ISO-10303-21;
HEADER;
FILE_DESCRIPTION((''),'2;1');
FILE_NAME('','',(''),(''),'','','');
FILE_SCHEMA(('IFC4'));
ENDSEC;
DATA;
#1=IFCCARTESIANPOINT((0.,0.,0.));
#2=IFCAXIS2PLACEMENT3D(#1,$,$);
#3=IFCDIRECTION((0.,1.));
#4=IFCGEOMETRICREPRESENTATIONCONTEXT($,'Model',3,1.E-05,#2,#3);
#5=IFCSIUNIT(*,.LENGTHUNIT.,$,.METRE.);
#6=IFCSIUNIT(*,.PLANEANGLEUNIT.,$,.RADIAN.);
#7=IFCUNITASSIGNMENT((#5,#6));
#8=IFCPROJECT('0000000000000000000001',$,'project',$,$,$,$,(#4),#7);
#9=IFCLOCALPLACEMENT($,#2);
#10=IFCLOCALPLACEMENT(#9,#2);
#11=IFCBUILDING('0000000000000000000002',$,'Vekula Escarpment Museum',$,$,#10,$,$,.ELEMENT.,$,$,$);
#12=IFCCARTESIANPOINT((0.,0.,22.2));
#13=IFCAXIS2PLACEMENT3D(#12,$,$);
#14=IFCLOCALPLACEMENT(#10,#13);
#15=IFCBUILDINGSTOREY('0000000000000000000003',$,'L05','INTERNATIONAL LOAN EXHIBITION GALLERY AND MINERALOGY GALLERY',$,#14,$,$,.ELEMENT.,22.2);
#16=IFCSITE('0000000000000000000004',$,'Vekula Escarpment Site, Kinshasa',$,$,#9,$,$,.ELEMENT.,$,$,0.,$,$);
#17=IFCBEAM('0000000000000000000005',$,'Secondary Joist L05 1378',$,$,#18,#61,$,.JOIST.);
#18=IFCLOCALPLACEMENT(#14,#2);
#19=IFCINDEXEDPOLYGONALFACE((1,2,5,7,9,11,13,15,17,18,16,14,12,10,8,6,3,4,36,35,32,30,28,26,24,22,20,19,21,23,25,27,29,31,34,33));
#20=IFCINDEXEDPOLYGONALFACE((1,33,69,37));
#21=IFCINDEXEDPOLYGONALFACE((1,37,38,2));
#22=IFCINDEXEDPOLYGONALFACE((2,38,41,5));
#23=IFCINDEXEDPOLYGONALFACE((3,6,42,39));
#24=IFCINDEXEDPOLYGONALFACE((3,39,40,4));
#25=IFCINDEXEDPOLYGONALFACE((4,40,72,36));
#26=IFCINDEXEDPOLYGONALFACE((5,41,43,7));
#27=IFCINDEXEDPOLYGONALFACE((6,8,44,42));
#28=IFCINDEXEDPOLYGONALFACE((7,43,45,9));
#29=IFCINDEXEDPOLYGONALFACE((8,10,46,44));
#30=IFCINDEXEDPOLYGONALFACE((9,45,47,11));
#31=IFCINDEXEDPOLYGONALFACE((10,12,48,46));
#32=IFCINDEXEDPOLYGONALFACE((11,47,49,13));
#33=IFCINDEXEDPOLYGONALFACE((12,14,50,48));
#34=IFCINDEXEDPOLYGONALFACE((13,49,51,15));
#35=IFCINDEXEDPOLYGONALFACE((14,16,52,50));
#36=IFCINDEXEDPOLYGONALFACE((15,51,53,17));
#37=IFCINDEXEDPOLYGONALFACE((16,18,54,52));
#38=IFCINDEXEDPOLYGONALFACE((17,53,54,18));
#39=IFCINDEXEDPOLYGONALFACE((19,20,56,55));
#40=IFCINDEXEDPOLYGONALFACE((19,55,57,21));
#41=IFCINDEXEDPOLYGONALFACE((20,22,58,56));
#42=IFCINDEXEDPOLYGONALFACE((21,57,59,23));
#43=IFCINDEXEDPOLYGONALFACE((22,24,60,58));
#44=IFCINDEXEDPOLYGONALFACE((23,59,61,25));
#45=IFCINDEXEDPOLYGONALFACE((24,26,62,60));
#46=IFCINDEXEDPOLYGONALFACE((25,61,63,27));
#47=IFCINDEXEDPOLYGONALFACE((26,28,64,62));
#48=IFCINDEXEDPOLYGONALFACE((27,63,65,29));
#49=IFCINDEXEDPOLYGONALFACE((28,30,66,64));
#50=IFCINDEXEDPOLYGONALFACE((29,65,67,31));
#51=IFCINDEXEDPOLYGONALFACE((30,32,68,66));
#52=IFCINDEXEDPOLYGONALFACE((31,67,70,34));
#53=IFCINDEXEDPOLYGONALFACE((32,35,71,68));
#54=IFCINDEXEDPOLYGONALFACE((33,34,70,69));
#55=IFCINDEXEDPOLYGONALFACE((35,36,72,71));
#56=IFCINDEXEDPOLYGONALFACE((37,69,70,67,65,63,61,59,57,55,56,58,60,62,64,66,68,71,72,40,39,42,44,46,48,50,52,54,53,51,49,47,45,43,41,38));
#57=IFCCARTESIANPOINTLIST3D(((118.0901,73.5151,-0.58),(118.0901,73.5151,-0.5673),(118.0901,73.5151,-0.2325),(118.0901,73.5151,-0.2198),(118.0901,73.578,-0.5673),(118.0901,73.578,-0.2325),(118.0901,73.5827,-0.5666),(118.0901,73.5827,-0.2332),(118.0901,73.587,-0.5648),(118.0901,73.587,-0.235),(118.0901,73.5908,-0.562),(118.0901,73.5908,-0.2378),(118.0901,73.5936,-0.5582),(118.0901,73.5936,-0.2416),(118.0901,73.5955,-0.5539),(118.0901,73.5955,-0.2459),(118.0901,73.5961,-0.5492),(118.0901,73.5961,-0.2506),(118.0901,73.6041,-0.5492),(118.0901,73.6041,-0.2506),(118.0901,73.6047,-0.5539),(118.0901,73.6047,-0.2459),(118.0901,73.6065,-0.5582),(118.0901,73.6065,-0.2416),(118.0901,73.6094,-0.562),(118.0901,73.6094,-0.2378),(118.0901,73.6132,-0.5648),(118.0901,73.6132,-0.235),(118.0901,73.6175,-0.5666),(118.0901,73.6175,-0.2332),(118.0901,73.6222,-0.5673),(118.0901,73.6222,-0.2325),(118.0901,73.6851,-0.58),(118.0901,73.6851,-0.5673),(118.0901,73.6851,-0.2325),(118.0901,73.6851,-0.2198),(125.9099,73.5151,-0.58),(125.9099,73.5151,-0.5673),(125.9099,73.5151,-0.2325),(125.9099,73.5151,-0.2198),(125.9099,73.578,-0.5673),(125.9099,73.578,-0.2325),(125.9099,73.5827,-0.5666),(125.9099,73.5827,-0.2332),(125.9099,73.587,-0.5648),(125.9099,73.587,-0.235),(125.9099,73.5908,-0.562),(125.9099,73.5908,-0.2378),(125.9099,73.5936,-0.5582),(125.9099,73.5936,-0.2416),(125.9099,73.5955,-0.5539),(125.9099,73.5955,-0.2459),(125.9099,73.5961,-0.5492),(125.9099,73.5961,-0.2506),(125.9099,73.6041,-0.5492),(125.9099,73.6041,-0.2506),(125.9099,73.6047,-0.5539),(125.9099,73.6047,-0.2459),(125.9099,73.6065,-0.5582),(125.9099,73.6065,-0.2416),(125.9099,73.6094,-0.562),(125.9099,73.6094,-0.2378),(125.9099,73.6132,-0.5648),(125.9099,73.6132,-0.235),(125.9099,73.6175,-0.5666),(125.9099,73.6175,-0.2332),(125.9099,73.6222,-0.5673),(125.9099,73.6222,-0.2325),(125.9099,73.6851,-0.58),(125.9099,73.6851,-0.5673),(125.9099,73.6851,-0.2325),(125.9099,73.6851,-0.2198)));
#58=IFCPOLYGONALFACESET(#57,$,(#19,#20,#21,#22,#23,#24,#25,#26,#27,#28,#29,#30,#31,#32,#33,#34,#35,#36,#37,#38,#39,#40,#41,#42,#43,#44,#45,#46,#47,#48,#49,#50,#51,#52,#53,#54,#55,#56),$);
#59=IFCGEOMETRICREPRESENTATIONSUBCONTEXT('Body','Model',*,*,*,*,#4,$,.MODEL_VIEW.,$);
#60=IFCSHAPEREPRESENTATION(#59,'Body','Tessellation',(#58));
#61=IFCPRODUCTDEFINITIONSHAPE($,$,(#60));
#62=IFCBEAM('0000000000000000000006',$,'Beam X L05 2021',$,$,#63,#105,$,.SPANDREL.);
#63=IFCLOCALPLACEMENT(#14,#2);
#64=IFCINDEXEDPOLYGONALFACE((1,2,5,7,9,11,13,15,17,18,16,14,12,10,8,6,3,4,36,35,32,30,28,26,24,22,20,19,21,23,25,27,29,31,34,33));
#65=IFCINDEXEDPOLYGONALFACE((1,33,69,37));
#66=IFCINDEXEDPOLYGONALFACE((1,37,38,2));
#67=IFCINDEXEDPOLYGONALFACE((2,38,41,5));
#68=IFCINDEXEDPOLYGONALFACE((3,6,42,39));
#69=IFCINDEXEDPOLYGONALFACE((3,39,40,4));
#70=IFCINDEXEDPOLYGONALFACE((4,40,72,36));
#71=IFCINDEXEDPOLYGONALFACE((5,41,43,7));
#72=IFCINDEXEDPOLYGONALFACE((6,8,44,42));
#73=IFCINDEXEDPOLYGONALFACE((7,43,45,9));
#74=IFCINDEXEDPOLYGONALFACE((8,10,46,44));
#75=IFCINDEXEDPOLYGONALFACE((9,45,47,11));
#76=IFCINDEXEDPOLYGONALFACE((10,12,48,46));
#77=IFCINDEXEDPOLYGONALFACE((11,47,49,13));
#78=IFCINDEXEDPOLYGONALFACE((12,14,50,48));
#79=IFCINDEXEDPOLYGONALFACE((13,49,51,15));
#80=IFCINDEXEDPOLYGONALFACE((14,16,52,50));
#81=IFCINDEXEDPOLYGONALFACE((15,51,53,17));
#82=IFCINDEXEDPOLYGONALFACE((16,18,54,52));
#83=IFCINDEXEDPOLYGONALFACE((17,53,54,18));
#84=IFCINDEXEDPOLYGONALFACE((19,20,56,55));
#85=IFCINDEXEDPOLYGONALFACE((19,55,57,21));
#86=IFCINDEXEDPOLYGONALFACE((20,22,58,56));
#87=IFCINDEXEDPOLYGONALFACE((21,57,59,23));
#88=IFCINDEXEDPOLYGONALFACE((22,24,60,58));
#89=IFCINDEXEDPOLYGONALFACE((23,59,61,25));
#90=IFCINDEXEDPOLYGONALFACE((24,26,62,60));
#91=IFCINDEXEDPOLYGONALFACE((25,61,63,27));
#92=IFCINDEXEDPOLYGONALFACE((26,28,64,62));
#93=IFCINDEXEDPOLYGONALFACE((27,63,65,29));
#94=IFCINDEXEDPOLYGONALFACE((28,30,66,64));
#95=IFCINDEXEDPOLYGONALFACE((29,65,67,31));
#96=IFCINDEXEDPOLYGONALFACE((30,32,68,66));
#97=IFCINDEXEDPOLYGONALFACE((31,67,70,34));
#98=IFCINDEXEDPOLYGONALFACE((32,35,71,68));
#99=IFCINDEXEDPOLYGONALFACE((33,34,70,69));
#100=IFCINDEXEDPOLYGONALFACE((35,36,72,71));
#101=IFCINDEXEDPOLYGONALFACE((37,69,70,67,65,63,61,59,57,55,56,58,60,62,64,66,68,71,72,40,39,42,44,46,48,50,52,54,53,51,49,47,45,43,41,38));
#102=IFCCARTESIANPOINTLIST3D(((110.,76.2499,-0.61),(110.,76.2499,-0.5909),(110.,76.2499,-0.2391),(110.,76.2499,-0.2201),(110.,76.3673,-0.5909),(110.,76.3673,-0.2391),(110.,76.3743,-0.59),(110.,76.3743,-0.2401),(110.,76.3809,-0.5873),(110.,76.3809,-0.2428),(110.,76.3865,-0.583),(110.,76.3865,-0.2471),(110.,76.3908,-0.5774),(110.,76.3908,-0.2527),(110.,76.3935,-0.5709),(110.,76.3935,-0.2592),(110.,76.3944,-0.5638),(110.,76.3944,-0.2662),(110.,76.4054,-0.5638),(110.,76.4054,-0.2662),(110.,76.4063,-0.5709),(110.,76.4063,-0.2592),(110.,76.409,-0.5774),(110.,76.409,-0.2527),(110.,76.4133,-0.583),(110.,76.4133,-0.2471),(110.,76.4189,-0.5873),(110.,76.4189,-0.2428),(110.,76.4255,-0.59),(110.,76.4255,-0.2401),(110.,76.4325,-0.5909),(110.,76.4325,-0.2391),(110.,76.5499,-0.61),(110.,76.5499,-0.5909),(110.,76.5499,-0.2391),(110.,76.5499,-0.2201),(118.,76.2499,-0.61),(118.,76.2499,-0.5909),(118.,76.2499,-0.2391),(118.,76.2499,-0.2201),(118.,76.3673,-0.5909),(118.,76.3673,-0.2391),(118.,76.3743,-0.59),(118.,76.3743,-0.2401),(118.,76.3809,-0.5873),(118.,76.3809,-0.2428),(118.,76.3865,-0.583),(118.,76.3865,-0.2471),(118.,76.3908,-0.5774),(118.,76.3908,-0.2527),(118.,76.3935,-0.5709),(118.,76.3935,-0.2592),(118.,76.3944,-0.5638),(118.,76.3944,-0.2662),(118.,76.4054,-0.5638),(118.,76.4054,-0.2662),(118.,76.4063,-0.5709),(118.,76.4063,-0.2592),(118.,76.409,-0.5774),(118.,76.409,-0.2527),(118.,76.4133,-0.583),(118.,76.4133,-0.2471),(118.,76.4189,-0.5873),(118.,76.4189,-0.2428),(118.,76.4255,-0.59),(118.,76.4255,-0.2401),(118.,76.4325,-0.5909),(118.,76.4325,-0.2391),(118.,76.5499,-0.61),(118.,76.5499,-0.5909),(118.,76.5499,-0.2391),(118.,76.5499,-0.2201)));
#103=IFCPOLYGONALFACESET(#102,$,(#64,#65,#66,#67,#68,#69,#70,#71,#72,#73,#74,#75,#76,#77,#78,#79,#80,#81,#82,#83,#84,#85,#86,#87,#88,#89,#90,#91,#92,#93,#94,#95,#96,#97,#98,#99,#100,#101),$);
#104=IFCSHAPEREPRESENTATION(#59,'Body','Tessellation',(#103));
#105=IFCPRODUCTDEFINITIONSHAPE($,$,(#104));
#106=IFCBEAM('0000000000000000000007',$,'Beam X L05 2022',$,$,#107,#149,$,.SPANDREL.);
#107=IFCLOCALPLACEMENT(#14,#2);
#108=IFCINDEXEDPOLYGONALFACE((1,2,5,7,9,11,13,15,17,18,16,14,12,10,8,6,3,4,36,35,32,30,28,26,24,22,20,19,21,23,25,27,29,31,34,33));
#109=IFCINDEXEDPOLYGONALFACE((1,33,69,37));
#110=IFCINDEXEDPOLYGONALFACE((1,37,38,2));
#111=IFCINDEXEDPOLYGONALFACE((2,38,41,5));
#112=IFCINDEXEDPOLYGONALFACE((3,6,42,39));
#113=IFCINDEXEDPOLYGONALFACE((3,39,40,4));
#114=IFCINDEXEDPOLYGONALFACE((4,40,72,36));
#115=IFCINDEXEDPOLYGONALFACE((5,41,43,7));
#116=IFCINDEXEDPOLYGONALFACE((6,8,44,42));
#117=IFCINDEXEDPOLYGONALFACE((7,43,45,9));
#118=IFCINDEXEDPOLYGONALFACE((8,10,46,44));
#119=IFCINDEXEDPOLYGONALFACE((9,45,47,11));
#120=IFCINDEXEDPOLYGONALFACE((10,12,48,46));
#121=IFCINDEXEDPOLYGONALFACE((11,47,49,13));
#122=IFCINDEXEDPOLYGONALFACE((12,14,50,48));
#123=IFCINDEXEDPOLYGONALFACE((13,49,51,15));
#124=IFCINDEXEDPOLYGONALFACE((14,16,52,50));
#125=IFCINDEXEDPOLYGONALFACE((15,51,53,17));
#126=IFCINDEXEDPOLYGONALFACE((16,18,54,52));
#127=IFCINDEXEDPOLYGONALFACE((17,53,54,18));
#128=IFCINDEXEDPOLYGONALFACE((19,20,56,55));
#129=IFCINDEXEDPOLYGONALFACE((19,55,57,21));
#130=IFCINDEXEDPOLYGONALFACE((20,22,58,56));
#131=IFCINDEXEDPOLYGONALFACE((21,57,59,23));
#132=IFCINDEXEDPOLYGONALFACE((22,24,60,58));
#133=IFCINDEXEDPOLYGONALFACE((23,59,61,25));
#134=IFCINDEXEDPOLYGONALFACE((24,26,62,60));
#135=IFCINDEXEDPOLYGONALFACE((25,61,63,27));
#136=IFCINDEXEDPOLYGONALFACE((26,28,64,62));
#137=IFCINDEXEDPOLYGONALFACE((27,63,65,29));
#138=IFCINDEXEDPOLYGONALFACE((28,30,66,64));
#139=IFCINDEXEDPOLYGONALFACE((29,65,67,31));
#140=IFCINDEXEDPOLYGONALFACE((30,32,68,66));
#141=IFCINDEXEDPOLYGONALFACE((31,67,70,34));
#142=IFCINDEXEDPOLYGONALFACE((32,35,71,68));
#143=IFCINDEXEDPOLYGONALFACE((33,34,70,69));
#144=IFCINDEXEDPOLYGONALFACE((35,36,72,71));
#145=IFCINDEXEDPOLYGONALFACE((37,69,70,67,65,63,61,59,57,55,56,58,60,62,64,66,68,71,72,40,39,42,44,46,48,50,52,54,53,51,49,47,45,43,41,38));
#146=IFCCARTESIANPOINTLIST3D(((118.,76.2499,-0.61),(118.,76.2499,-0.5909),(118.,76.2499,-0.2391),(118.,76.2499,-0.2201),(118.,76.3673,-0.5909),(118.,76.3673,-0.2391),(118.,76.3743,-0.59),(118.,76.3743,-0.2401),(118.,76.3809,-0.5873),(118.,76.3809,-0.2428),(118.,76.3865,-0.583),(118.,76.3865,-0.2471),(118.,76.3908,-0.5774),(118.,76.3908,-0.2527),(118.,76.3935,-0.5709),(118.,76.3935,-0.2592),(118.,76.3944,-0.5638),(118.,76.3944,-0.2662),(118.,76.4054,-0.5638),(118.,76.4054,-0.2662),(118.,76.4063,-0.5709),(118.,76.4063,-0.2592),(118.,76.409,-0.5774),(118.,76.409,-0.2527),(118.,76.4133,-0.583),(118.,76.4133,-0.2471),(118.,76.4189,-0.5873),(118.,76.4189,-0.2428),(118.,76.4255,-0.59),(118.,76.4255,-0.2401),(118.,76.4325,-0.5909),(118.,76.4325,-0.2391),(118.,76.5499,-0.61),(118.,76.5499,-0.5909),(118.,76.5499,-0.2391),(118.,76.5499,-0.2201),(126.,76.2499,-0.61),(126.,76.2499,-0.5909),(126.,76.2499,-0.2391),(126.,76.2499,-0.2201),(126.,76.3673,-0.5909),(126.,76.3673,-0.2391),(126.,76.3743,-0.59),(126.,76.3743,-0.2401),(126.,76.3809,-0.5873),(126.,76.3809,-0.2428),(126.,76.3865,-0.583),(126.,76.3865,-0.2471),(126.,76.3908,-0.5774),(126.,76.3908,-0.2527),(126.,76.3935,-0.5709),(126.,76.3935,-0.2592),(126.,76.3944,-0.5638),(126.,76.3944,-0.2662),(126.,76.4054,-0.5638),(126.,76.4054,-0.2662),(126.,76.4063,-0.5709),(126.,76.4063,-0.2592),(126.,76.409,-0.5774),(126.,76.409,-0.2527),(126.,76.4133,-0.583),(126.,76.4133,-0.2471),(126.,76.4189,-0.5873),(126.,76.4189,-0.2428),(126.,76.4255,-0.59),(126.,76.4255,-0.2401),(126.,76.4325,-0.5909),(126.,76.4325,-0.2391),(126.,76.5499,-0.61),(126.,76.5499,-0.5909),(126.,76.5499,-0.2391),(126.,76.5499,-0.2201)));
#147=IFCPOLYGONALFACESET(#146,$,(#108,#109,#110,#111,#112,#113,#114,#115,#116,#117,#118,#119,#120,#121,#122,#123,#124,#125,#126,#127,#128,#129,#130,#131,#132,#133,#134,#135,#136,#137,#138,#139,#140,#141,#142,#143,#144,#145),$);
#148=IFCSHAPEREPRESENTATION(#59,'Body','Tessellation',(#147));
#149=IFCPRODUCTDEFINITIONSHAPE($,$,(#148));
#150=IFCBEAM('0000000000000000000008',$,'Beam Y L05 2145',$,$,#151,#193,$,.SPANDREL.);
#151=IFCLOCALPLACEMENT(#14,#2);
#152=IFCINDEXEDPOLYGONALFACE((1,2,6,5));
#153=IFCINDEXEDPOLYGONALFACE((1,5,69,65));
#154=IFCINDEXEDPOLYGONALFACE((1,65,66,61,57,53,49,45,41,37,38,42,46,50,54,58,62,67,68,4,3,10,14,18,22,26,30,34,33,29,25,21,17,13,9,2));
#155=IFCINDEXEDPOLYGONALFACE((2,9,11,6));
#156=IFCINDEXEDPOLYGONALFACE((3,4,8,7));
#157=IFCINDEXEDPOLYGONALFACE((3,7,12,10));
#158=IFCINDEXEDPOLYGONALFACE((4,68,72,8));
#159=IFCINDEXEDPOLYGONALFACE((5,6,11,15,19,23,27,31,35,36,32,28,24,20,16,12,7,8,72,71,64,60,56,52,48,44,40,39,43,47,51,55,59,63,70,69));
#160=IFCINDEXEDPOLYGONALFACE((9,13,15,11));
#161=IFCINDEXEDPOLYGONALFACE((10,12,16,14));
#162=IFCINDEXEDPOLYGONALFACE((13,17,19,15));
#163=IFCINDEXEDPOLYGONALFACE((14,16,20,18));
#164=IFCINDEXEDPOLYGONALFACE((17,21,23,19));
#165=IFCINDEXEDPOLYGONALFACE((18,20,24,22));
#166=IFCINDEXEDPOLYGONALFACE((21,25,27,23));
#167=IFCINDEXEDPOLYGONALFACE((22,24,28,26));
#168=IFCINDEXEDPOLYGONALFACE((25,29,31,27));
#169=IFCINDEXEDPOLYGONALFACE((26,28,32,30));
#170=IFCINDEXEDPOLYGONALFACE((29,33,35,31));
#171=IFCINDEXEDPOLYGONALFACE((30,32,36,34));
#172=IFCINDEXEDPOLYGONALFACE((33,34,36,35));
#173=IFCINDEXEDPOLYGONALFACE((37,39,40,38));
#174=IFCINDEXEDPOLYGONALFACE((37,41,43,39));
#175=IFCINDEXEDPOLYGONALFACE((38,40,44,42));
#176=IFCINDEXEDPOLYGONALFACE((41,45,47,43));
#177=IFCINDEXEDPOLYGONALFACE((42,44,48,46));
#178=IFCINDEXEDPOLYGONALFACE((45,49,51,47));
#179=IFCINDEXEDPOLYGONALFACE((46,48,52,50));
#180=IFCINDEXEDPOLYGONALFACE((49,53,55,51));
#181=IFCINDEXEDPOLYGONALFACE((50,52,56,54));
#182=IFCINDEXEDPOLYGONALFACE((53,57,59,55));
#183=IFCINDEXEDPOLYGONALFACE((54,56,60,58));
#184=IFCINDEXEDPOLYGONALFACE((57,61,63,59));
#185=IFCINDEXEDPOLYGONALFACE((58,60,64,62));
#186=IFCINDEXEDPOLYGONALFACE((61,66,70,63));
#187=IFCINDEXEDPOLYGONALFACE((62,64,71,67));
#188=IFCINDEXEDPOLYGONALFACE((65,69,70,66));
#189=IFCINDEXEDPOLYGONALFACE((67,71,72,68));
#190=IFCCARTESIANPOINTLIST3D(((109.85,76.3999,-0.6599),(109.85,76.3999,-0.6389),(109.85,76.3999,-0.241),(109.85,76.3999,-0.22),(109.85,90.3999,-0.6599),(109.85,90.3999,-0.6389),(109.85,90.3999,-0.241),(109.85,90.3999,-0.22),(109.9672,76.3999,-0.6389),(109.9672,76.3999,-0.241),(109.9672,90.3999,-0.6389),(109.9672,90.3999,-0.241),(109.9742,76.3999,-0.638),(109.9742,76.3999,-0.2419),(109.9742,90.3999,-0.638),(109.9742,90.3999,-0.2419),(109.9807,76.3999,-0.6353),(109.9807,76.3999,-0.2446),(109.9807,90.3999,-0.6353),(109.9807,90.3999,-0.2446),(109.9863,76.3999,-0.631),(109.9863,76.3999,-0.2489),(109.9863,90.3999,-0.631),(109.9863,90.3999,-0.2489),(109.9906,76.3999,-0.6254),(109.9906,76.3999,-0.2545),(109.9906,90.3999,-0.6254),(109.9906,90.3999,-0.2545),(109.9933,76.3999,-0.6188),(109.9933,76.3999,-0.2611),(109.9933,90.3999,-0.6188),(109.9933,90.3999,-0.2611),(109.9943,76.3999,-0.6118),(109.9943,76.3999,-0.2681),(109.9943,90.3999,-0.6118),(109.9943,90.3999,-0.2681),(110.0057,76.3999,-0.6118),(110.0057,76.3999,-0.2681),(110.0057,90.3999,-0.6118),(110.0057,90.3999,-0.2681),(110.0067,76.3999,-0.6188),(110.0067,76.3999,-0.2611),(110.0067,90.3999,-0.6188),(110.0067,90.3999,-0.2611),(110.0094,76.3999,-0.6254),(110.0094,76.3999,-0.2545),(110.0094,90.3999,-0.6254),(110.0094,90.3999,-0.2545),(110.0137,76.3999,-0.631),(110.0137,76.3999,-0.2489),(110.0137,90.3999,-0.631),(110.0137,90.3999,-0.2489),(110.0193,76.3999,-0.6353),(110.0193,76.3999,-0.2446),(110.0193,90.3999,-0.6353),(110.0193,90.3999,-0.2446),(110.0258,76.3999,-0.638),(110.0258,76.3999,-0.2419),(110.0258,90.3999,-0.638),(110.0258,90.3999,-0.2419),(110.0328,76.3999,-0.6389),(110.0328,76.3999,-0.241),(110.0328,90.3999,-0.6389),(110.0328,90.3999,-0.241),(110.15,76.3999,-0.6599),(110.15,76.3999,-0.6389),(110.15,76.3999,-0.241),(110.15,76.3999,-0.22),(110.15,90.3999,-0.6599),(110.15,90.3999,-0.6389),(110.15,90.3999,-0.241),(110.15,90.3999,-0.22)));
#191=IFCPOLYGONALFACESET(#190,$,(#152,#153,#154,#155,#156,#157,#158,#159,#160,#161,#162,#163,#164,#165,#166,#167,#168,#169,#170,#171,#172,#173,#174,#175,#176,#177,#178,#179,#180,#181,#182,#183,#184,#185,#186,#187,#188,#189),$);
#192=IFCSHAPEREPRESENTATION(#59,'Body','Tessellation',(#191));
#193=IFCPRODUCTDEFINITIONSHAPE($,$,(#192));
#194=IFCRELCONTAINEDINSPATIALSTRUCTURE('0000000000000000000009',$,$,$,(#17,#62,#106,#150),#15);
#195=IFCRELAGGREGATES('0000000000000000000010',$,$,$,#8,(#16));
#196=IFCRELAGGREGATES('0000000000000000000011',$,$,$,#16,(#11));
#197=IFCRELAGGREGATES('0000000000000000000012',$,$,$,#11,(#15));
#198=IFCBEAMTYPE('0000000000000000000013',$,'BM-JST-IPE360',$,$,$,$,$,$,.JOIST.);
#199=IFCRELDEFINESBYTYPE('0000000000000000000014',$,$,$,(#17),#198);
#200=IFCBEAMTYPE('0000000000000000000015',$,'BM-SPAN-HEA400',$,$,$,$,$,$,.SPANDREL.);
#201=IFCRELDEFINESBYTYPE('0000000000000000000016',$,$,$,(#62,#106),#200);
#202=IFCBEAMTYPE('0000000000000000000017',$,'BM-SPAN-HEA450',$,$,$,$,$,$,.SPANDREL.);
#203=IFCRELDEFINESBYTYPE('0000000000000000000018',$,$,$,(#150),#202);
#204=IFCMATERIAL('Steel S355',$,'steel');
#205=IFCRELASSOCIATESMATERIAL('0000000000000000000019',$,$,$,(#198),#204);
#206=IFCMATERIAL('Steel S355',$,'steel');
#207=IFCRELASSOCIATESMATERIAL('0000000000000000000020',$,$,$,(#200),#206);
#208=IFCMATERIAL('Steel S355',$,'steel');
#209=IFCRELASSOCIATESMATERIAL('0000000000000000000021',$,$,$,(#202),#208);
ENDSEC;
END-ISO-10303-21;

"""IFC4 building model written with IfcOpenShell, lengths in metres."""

from ifc_helpers import new_model, si_unit, direction, frame, origin, origin_2d, place, context, subcontext, project, spatial, i_section, extrude, material, material_profile, profile_set, type_object, element, save


model = new_model("IFC4")

# Units and contexts
model_context = context("Model", 3, precision=1e-05, world=origin(), true_north=direction((0.0, 1.0)))
body_context = subcontext(model_context, "Body", "Model", "MODEL_VIEW")
ifc_project = project(units=[si_unit("LENGTHUNIT", "METRE"), si_unit("PLANEANGLEUNIT", "RADIAN")], contexts=[model_context])

# Site, building, storey
site_placement = place(None, origin())
site = spatial("IfcSite", under=ifc_project, at=site_placement, Name="Vekula Escarpment Site, Kinshasa", CompositionType="ELEMENT", RefElevation=0.0)
building_placement = place(site_placement, origin())
building = spatial("IfcBuilding", under=site, at=building_placement, Name="Vekula Escarpment Museum", CompositionType="ELEMENT")
storey_placement = place(building_placement, frame((0.0, 0.0, 22.2)))
storey = spatial("IfcBuildingStorey", under=building, at=storey_placement, Name="L05", Description="INTERNATIONAL LOAN EXHIBITION GALLERY AND MINERALOGY GALLERY", CompositionType="ELEMENT", Elevation=22.2)

# Beams
ifc_material_1 = material(Name="Steel S355", Category="steel")
ifc_material_profile_1 = material_profile(ifc_material_1, i_section(OverallWidth=0.1699, OverallDepth=0.3601, WebThickness=0.0081, FlangeThickness=0.0127, FilletRadius=0.0181, at=origin_2d()), Name="IPE 360")
ifc_profile_set_1 = profile_set([ifc_material_profile_1], Name="Steel S355")
beam_type_1 = type_object("IfcBeamType", Name="BM-JST-IPE360", PredefinedType="JOIST", material=ifc_profile_set_1)
for number, where, z_axis, x_axis, name in (
    (1, (118.0901, 73.6001, -0.3999), (1.0, 0.0, 0.0), (0.0, 1.0, 0.0), "Secondary Joist L05 1378"),
):
    element("IfcBeam", number, at=place(storey_placement, frame(where, z_axis=z_axis, x_axis=x_axis)), inside=storey, type_object=beam_type_1, Name=name, PredefinedType="JOIST", context=body_context, shape_type="SweptSolid", body=[
        extrude(i_section(OverallWidth=0.1699, OverallDepth=0.3601, WebThickness=0.0081, FlangeThickness=0.0127, FilletRadius=0.0181, at=origin_2d()), origin(), (0.0, 0.0, 1.0), 7.8198),
    ])
ifc_material_2 = material(Name="Steel S355", Category="steel")
ifc_material_profile_2 = material_profile(ifc_material_2, i_section(OverallWidth=0.3, OverallDepth=0.3899, WebThickness=0.011, FlangeThickness=0.019, FilletRadius=0.0271, at=origin_2d()), Name="HEA 400")
ifc_profile_set_2 = profile_set([ifc_material_profile_2], Name="Steel S355")
beam_type_2 = type_object("IfcBeamType", Name="BM-SPAN-HEA400", PredefinedType="SPANDREL", material=ifc_profile_set_2)
for number, where, z_axis, x_axis, name in (
    (2, (110.0, 76.3999, -0.415), (1.0, 0.0, 0.0), (0.0, 1.0, 0.0), "Beam X L05 2021"),
    (3, (118.0, 76.3999, -0.415), (1.0, 0.0, 0.0), (0.0, 1.0, 0.0), "Beam X L05 2022"),
):
    element("IfcBeam", number, at=place(storey_placement, frame(where, z_axis=z_axis, x_axis=x_axis)), inside=storey, type_object=beam_type_2, Name=name, PredefinedType="SPANDREL", context=body_context, shape_type="SweptSolid", body=[
        extrude(i_section(OverallWidth=0.3, OverallDepth=0.3899, WebThickness=0.011, FlangeThickness=0.019, FilletRadius=0.0271, at=origin_2d()), origin(), (0.0, 0.0, 1.0), 8.0),
    ])
ifc_material_3 = material(Name="Steel S355", Category="steel")
ifc_material_profile_3 = material_profile(ifc_material_3, i_section(OverallWidth=0.3, OverallDepth=0.4399, WebThickness=0.0115, FlangeThickness=0.021, FilletRadius=0.0271, at=origin_2d()), Name="HEA 450")
ifc_profile_set_3 = profile_set([ifc_material_profile_3], Name="Steel S355")
beam_type_3 = type_object("IfcBeamType", Name="BM-SPAN-HEA450", PredefinedType="SPANDREL", material=ifc_profile_set_3)
beam_1_placement = place(storey_placement, frame((110.0, 76.3999, -0.4399), z_axis=(0.0, 1.0, 0.0), x_axis=(-1.0, 0.0, 0.0)))
element("IfcBeam", 4, at=beam_1_placement, inside=storey, type_object=beam_type_3, Name="Beam Y L05 2145", PredefinedType="SPANDREL", context=body_context, shape_type="SweptSolid", body=[
    extrude(i_section(OverallWidth=0.3, OverallDepth=0.4399, WebThickness=0.0115, FlangeThickness=0.021, FilletRadius=0.0271, at=origin_2d()), origin(), (0.0, 0.0, 1.0), 14.0),
])

save(model, "model.ifc")
